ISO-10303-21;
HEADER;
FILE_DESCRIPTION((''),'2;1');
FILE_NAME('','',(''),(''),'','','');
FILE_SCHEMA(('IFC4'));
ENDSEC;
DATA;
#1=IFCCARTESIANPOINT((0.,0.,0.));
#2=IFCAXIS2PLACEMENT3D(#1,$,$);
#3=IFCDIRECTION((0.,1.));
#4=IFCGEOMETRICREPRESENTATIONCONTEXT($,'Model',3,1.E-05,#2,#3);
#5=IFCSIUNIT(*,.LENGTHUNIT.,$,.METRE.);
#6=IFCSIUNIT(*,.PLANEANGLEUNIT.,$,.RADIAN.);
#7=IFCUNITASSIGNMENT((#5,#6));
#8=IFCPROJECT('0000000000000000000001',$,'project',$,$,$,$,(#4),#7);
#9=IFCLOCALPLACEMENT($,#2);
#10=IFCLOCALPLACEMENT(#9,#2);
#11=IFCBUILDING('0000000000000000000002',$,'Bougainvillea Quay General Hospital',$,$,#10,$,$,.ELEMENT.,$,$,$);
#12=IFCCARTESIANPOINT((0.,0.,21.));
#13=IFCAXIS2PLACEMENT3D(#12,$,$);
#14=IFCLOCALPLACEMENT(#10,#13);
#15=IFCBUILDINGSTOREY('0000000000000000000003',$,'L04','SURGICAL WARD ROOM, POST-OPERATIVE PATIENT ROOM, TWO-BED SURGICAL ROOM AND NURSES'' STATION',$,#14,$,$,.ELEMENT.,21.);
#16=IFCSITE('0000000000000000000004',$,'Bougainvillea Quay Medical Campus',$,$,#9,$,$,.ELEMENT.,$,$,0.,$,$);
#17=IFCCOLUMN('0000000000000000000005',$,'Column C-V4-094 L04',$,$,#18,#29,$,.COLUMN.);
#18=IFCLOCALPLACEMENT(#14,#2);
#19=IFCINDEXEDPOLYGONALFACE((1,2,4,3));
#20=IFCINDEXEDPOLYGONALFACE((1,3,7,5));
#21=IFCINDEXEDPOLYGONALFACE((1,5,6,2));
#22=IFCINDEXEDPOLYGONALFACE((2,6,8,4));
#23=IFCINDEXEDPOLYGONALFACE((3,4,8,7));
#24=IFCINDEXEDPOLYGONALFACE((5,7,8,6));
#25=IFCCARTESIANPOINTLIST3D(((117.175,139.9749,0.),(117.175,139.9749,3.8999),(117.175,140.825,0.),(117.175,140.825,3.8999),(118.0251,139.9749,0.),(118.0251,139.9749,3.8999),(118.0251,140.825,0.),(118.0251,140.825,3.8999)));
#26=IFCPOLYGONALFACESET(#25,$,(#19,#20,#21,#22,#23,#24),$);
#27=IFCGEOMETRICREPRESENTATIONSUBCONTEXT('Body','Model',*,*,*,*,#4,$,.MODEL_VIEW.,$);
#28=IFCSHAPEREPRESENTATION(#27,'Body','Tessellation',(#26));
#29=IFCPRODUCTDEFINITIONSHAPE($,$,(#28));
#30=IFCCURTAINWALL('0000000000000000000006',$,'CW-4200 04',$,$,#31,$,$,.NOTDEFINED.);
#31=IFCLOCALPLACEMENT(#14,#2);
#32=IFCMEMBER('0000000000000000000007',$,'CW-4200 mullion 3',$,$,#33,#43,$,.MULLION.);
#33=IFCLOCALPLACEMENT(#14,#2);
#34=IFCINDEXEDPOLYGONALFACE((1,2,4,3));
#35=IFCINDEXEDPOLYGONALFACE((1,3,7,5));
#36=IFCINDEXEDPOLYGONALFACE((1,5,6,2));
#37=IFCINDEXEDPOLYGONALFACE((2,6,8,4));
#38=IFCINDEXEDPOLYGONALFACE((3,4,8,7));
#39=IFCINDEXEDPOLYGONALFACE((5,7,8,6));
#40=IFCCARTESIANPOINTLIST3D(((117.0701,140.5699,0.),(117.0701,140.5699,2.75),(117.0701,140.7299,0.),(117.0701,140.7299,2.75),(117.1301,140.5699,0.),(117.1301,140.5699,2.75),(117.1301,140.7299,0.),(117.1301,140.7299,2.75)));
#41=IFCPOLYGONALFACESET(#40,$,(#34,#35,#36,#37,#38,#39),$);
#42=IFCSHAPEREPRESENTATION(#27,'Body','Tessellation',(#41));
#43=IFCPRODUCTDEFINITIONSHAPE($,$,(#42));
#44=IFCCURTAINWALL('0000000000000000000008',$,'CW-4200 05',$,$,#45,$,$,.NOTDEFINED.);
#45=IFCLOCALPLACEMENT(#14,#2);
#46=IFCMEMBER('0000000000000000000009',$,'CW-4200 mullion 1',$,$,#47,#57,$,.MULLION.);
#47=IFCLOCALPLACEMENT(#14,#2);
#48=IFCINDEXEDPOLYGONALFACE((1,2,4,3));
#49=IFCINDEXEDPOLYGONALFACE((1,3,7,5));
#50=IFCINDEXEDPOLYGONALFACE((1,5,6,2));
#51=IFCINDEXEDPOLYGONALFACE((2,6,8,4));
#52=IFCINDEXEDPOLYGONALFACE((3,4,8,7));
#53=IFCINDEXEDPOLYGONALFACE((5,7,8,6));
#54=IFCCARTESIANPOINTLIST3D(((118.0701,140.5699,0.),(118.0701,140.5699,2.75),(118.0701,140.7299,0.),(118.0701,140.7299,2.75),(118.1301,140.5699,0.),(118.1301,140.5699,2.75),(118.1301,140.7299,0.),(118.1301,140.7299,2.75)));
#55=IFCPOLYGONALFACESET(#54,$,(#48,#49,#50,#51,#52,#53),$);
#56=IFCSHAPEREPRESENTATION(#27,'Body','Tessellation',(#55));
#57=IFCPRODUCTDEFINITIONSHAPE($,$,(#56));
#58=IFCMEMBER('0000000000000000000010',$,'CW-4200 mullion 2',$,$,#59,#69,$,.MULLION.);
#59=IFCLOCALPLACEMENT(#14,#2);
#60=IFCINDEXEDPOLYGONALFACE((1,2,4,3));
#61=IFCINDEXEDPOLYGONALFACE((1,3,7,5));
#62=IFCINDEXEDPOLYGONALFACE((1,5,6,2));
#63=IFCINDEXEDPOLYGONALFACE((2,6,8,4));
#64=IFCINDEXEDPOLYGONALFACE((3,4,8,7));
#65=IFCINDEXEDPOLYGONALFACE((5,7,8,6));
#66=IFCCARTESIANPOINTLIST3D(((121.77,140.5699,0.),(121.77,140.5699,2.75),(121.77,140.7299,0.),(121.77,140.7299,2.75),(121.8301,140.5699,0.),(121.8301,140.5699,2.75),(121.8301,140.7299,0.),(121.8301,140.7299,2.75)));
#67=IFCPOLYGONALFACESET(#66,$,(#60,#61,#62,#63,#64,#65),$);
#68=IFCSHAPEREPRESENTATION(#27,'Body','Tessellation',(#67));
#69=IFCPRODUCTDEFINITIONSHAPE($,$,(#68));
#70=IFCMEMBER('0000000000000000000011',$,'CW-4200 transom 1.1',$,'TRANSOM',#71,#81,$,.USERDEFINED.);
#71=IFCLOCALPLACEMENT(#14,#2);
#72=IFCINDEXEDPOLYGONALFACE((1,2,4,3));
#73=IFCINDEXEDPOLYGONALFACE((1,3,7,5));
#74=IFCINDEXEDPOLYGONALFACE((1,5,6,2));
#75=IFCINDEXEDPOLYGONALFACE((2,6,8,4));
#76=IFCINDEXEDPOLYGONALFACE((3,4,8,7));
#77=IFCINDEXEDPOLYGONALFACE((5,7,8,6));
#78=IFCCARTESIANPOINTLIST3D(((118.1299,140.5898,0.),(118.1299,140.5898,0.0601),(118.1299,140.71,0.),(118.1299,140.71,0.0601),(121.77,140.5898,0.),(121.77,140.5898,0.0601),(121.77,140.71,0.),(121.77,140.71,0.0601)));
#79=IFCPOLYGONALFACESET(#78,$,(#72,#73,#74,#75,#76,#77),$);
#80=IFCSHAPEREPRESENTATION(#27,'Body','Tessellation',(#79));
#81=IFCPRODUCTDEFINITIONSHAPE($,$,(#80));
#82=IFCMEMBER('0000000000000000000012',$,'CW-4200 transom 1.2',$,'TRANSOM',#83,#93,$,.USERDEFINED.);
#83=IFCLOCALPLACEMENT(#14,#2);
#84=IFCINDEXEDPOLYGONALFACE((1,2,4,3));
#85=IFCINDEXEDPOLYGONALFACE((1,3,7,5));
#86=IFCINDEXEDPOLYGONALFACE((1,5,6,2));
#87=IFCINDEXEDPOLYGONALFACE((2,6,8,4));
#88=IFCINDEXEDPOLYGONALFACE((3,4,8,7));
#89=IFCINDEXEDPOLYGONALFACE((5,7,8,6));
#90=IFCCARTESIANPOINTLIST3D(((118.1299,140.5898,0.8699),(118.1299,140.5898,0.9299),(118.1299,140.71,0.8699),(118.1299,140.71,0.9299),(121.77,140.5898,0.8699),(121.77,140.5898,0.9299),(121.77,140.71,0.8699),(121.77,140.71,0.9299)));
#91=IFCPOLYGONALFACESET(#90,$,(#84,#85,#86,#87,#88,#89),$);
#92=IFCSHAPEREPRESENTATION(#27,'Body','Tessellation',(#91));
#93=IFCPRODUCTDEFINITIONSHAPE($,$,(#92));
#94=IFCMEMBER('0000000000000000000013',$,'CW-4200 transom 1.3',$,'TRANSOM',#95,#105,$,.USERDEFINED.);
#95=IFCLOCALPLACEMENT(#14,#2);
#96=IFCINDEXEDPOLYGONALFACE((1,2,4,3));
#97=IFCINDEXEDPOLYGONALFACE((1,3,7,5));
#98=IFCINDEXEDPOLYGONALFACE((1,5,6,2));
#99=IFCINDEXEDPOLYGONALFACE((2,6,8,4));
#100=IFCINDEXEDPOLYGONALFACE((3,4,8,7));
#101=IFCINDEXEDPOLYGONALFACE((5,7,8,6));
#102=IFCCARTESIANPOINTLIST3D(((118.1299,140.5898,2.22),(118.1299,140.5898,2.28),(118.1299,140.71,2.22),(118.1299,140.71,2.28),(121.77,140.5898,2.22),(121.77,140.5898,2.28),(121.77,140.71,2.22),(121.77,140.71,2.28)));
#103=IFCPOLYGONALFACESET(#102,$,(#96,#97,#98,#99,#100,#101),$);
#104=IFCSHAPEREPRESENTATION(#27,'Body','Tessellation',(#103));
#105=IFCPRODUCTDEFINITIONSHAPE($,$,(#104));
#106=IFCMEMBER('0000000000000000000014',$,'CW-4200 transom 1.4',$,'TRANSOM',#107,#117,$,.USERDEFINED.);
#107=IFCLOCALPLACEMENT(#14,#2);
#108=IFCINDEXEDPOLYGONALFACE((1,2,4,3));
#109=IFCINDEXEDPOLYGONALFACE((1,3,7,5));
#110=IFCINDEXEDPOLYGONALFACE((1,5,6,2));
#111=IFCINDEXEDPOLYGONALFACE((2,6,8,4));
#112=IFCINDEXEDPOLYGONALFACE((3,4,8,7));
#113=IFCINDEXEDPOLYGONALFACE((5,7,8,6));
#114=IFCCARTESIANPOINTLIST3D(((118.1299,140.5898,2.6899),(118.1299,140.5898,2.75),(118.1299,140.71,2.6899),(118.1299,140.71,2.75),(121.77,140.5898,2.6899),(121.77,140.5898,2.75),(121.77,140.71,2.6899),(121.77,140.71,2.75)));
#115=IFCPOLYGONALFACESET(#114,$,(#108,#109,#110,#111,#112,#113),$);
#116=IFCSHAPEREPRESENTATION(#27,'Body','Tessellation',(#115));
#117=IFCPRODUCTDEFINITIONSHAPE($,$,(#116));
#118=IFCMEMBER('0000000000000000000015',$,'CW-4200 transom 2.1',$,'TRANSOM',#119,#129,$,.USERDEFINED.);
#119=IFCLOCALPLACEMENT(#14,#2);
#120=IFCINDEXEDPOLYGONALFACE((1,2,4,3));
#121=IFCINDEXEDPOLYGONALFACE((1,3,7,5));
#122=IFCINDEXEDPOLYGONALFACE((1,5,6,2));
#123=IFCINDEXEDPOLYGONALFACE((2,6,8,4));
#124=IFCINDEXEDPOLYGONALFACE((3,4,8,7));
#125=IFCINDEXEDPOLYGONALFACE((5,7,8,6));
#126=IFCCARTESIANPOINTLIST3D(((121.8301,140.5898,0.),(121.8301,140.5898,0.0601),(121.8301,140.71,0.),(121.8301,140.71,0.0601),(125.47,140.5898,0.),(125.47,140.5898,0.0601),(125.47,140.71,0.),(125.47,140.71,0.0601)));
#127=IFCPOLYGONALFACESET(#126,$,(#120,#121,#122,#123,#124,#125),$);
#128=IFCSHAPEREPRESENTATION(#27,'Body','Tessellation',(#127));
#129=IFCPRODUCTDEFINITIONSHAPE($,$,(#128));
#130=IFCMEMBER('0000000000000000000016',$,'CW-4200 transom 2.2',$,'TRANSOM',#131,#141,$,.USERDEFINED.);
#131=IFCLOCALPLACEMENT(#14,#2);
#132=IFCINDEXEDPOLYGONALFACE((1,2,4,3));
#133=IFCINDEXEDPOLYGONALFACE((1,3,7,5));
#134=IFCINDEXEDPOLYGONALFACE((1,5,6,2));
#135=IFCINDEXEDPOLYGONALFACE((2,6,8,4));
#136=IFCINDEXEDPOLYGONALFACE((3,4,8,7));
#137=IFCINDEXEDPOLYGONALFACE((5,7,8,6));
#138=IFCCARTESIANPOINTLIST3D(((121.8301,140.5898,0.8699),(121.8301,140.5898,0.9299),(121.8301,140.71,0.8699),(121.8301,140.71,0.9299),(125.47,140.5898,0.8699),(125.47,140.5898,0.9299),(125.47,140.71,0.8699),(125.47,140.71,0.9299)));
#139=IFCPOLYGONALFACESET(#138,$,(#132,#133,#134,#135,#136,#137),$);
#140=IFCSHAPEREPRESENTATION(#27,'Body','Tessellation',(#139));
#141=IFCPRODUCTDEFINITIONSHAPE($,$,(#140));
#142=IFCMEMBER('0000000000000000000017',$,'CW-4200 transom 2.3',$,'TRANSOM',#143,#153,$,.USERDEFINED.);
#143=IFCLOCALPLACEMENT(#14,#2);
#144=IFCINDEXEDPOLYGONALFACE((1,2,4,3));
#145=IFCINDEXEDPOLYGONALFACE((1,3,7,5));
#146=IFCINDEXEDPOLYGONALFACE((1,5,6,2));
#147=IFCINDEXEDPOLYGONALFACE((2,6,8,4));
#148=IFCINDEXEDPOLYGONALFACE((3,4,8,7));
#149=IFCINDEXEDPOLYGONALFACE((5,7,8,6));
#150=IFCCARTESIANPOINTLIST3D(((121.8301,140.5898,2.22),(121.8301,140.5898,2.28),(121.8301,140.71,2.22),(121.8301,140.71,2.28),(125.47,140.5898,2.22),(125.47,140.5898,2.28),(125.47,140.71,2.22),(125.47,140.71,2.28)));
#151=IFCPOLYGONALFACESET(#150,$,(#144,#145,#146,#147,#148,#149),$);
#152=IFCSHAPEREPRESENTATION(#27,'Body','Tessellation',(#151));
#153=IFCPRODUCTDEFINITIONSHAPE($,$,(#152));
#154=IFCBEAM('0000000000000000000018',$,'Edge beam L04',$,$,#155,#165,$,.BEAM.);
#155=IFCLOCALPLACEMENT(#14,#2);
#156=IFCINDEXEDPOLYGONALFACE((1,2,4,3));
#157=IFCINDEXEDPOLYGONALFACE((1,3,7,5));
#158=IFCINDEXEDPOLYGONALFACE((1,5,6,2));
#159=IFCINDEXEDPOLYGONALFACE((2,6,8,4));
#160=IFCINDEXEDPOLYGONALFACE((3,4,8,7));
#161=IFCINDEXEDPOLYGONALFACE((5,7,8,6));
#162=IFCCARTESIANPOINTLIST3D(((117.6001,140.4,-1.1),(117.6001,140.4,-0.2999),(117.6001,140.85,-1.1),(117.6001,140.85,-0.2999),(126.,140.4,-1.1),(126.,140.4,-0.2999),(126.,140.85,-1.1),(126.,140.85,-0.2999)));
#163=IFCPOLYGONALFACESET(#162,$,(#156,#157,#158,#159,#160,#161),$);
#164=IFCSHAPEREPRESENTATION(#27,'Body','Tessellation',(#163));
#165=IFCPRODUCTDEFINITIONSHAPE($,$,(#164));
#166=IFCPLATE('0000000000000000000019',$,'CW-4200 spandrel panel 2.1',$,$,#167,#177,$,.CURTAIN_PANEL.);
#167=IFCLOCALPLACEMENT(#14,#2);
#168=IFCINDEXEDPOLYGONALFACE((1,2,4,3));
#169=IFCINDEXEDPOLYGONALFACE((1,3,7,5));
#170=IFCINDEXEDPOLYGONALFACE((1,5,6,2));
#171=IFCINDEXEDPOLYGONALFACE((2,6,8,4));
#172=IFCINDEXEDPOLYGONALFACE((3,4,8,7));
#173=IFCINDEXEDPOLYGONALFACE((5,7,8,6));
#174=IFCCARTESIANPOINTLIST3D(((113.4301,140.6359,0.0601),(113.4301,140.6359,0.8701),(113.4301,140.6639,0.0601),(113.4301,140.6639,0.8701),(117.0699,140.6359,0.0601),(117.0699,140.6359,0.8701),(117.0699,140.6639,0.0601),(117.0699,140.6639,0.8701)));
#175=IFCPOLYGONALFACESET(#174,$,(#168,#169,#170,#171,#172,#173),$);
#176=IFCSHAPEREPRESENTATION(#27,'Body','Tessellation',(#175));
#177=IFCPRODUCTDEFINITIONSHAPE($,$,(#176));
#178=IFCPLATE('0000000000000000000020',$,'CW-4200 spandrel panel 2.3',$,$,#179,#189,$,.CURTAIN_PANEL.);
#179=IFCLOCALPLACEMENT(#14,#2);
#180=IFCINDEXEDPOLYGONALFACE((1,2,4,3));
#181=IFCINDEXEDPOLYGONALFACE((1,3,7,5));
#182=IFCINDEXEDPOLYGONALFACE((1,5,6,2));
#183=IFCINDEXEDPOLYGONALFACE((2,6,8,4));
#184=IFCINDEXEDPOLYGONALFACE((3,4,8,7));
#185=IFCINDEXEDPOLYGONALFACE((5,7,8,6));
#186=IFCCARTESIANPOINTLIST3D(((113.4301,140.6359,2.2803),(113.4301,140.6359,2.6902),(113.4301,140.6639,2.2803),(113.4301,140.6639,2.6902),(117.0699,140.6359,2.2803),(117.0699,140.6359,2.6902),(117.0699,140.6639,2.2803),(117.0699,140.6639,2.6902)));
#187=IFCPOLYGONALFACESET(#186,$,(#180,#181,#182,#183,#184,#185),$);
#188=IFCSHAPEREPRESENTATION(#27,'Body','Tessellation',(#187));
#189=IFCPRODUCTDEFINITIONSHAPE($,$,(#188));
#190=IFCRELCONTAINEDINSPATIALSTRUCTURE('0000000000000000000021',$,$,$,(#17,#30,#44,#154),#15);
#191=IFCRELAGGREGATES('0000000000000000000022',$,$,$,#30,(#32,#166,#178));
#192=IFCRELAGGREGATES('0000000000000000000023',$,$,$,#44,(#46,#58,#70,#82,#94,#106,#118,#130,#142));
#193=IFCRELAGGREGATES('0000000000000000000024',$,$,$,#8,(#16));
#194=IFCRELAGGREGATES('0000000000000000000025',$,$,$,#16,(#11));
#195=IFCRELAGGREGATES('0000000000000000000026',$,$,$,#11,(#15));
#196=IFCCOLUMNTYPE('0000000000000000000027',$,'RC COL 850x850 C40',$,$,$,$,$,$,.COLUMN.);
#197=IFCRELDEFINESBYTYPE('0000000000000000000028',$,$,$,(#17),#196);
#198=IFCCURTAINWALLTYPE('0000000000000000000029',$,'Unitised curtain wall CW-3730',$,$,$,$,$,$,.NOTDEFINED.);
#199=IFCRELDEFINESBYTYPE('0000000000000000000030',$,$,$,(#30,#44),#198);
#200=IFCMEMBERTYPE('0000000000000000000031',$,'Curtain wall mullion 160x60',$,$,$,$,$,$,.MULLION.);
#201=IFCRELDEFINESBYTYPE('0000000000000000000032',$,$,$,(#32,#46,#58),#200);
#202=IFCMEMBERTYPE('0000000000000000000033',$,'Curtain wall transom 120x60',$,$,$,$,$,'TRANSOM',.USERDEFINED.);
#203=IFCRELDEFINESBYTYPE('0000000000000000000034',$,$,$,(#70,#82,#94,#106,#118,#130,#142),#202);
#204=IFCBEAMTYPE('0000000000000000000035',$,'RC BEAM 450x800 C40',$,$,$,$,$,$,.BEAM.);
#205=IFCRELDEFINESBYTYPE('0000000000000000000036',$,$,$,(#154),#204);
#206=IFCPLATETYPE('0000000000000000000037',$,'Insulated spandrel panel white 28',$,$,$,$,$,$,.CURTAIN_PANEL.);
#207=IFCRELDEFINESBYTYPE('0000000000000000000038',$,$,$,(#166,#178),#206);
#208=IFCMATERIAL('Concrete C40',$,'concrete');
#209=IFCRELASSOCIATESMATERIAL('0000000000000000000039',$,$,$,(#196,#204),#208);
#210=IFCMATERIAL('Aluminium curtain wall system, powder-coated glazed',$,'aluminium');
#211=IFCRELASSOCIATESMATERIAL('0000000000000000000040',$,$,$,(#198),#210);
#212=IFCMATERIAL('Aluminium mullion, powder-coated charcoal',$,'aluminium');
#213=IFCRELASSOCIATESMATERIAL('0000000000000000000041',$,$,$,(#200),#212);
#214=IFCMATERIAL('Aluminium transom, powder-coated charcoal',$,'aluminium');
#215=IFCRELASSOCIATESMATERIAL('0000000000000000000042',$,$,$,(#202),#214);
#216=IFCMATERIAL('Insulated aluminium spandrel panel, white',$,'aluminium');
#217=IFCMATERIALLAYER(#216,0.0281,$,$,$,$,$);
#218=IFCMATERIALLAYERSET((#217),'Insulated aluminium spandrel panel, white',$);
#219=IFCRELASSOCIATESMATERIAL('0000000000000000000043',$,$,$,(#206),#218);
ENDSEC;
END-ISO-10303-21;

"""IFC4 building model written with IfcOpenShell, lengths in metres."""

from ifc_helpers import new_model, si_unit, direction, frame, origin, origin_2d, place, context, subcontext, project, spatial, rectangle, extrude, material, layer, layer_set, material_profile, profile_set, type_object, element, aggregate, save


model = new_model("IFC4")

# Units and contexts
model_context = context("Model", 3, precision=1e-05, world=origin(), true_north=direction((0.0, 1.0)))
body_context = subcontext(model_context, "Body", "Model", "MODEL_VIEW")
ifc_project = project(units=[si_unit("LENGTHUNIT", "METRE"), si_unit("PLANEANGLEUNIT", "RADIAN")], contexts=[model_context])

# Site, building, storey
site_placement = place(None, origin())
site = spatial("IfcSite", under=ifc_project, at=site_placement, Name="Bougainvillea Quay Medical Campus", CompositionType="ELEMENT", RefElevation=0.0)
building_placement = place(site_placement, origin())
building = spatial("IfcBuilding", under=site, at=building_placement, Name="Bougainvillea Quay General Hospital", CompositionType="ELEMENT")
storey_placement = place(building_placement, frame((0.0, 0.0, 21.0)))
storey = spatial("IfcBuildingStorey", under=building, at=storey_placement, Name="L04", Description="SURGICAL WARD ROOM, POST-OPERATIVE PATIENT ROOM, TWO-BED SURGICAL ROOM AND NURSES' STATION", CompositionType="ELEMENT", Elevation=21.0)

# Column
ifc_material_1 = material(Name="Concrete C40", Category="concrete")
ifc_material_profile_1 = material_profile(ifc_material_1, rectangle(XDim=0.8501, YDim=0.8501, at=origin_2d()))
ifc_profile_set_1 = profile_set([ifc_material_profile_1], Name="Concrete C40")
column_type = type_object("IfcColumnType", Name="RC COL 850x850 C40", PredefinedType="COLUMN", material=ifc_profile_set_1)
column_placement = place(storey_placement, frame((117.6001, 140.3999, 0.0), z_axis=(0.0, 0.0, 1.0), x_axis=(1.0, 0.0, 0.0)))
element("IfcColumn", 1, at=column_placement, inside=storey, type_object=column_type, Name="Column C-V4-094 L04", PredefinedType="COLUMN", context=body_context, shape_type="SweptSolid", body=[
    extrude(rectangle(XDim=0.8501, YDim=0.8501, at=origin_2d()), origin(), (0.0, 0.0, 1.0), 3.8999),
])

# Curtain wall, member
ifc_material_2 = material(Name="Aluminium curtain wall system, powder-coated glazed", Category="aluminium")
curtain_wall_type = type_object("IfcCurtainWallType", Name="Unitised curtain wall CW-3730", PredefinedType="NOTDEFINED", material=ifc_material_2)
curtain_wall_1_placement = place(storey_placement, origin())
curtain_wall_1 = element("IfcCurtainWall", 2, at=curtain_wall_1_placement, inside=storey, type_object=curtain_wall_type, Name="CW-4200 04", PredefinedType="NOTDEFINED")
ifc_material_3 = material(Name="Aluminium mullion, powder-coated charcoal", Category="aluminium")
ifc_material_profile_2 = material_profile(ifc_material_3, rectangle(XDim=0.1599, YDim=0.0601, at=origin_2d()))
ifc_profile_set_2 = profile_set([ifc_material_profile_2], Name="Aluminium mullion, powder-coated charcoal")
member_type_1 = type_object("IfcMemberType", Name="Curtain wall mullion 160x60", PredefinedType="MULLION", material=ifc_profile_set_2)
member_1_placement = place(storey_placement, frame((117.1001, 140.6499, 0.0), z_axis=(0.0, 0.0, 1.0), x_axis=(0.0, 1.0, 0.0)))
member_1 = element("IfcMember", 3, at=member_1_placement, type_object=member_type_1, Name="CW-4200 mullion 3", PredefinedType="MULLION", context=body_context, shape_type="SweptSolid", body=[
    extrude(rectangle(XDim=0.1599, YDim=0.0601, at=origin_2d()), origin(), (0.0, 0.0, 1.0), 2.75),
])

# Curtain wall, members
curtain_wall_2_placement = place(storey_placement, origin())
curtain_wall_2 = element("IfcCurtainWall", 4, at=curtain_wall_2_placement, inside=storey, type_object=curtain_wall_type, Name="CW-4200 05", PredefinedType="NOTDEFINED")
member_2_placement = place(storey_placement, frame((118.1001, 140.6499, 0.0), z_axis=(0.0, 0.0, 1.0), x_axis=(0.0, 1.0, 0.0)))
member_2 = element("IfcMember", 5, at=member_2_placement, type_object=member_type_1, Name="CW-4200 mullion 1", PredefinedType="MULLION", context=body_context, shape_type="SweptSolid", body=[
    extrude(rectangle(XDim=0.1599, YDim=0.0601, at=origin_2d()), origin(), (0.0, 0.0, 1.0), 2.75),
])
member_3_placement = place(storey_placement, frame((121.8, 140.6499, 0.0), z_axis=(0.0, 0.0, 1.0), x_axis=(0.0, 1.0, 0.0)))
member_3 = element("IfcMember", 6, at=member_3_placement, type_object=member_type_1, Name="CW-4200 mullion 2", PredefinedType="MULLION", context=body_context, shape_type="SweptSolid", body=[
    extrude(rectangle(XDim=0.1599, YDim=0.0601, at=origin_2d()), origin(), (0.0, 0.0, 1.0), 2.75),
])
ifc_material_4 = material(Name="Aluminium transom, powder-coated charcoal", Category="aluminium")
ifc_material_profile_3 = material_profile(ifc_material_4, rectangle(XDim=0.1201, YDim=0.0601, at=origin_2d()))
ifc_profile_set_3 = profile_set([ifc_material_profile_3], Name="Aluminium transom, powder-coated charcoal")
member_type_2 = type_object("IfcMemberType", Name="Curtain wall transom 120x60", ElementType="TRANSOM", PredefinedType="USERDEFINED", material=ifc_profile_set_3)
member_4_placement = place(storey_placement, frame((118.1299, 140.6499, 0.03), z_axis=(1.0, 0.0, 0.0), x_axis=(0.0, 1.0, 0.0)))
member_4 = element("IfcMember", 7, at=member_4_placement, type_object=member_type_2, Name="CW-4200 transom 1.1", ObjectType="TRANSOM", PredefinedType="USERDEFINED", context=body_context, shape_type="SweptSolid", body=[
    extrude(rectangle(XDim=0.1201, YDim=0.0601, at=origin_2d()), origin(), (0.0, 0.0, 1.0), 3.6401),
])
member_5_placement = place(storey_placement, frame((118.1299, 140.6499, 0.8999), z_axis=(1.0, 0.0, 0.0), x_axis=(0.0, 1.0, 0.0)))
member_5 = element("IfcMember", 8, at=member_5_placement, type_object=member_type_2, Name="CW-4200 transom 1.2", ObjectType="TRANSOM", PredefinedType="USERDEFINED", context=body_context, shape_type="SweptSolid", body=[
    extrude(rectangle(XDim=0.1201, YDim=0.0601, at=origin_2d()), origin(), (0.0, 0.0, 1.0), 3.6401),
])
member_6_placement = place(storey_placement, frame((118.1299, 140.6499, 2.25), z_axis=(1.0, 0.0, 0.0), x_axis=(0.0, 1.0, 0.0)))
member_6 = element("IfcMember", 9, at=member_6_placement, type_object=member_type_2, Name="CW-4200 transom 1.3", ObjectType="TRANSOM", PredefinedType="USERDEFINED", context=body_context, shape_type="SweptSolid", body=[
    extrude(rectangle(XDim=0.1201, YDim=0.0601, at=origin_2d()), origin(), (0.0, 0.0, 1.0), 3.6401),
])
member_7_placement = place(storey_placement, frame((118.1299, 140.6499, 2.72), z_axis=(1.0, 0.0, 0.0), x_axis=(0.0, 1.0, 0.0)))
member_7 = element("IfcMember", 10, at=member_7_placement, type_object=member_type_2, Name="CW-4200 transom 1.4", ObjectType="TRANSOM", PredefinedType="USERDEFINED", context=body_context, shape_type="SweptSolid", body=[
    extrude(rectangle(XDim=0.1201, YDim=0.0601, at=origin_2d()), origin(), (0.0, 0.0, 1.0), 3.6401),
])
member_8_placement = place(storey_placement, frame((121.8301, 140.6499, 0.03), z_axis=(1.0, 0.0, 0.0), x_axis=(0.0, 1.0, 0.0)))
member_8 = element("IfcMember", 11, at=member_8_placement, type_object=member_type_2, Name="CW-4200 transom 2.1", ObjectType="TRANSOM", PredefinedType="USERDEFINED", context=body_context, shape_type="SweptSolid", body=[
    extrude(rectangle(XDim=0.1201, YDim=0.0601, at=origin_2d()), origin(), (0.0, 0.0, 1.0), 3.6399),
])
member_9_placement = place(storey_placement, frame((121.8301, 140.6499, 0.8999), z_axis=(1.0, 0.0, 0.0), x_axis=(0.0, 1.0, 0.0)))
member_9 = element("IfcMember", 12, at=member_9_placement, type_object=member_type_2, Name="CW-4200 transom 2.2", ObjectType="TRANSOM", PredefinedType="USERDEFINED", context=body_context, shape_type="SweptSolid", body=[
    extrude(rectangle(XDim=0.1201, YDim=0.0601, at=origin_2d()), origin(), (0.0, 0.0, 1.0), 3.6399),
])
member_10_placement = place(storey_placement, frame((121.8301, 140.6499, 2.25), z_axis=(1.0, 0.0, 0.0), x_axis=(0.0, 1.0, 0.0)))
member_10 = element("IfcMember", 13, at=member_10_placement, type_object=member_type_2, Name="CW-4200 transom 2.3", ObjectType="TRANSOM", PredefinedType="USERDEFINED", context=body_context, shape_type="SweptSolid", body=[
    extrude(rectangle(XDim=0.1201, YDim=0.0601, at=origin_2d()), origin(), (0.0, 0.0, 1.0), 3.6399),
])

# Beam
ifc_material_profile_4 = material_profile(ifc_material_1, rectangle(XDim=0.45, YDim=0.8, at=origin_2d()))
ifc_profile_set_4 = profile_set([ifc_material_profile_4], Name="Concrete C40")
beam_type = type_object("IfcBeamType", Name="RC BEAM 450x800 C40", PredefinedType="BEAM", material=ifc_profile_set_4)
beam_placement = place(storey_placement, frame((117.6001, 140.625, -0.7), z_axis=(1.0, 0.0, 0.0), x_axis=(0.0, 1.0, 0.0)))
element("IfcBeam", 14, at=beam_placement, inside=storey, type_object=beam_type, Name="Edge beam L04", PredefinedType="BEAM", context=body_context, shape_type="SweptSolid", body=[
    extrude(rectangle(XDim=0.45, YDim=0.8, at=origin_2d()), origin(), (0.0, 0.0, 1.0), 8.3999),
])

# Plates
ifc_material_5 = material(Name="Insulated aluminium spandrel panel, white", Category="aluminium")
ifc_layer_1 = layer(ifc_material_5, 0.0281)
ifc_layer_set_1 = layer_set([ifc_layer_1], Name="Insulated aluminium spandrel panel, white")
plate_type_1 = type_object("IfcPlateType", Name="Insulated spandrel panel white 28", PredefinedType="CURTAIN_PANEL", material=ifc_layer_set_1)
plate_1_placement = place(storey_placement, frame((115.25, 140.6499, 0.0601), z_axis=(0.0, 0.0, 1.0), x_axis=(1.0, 0.0, 0.0)))
plate_1 = element("IfcPlate", 15, at=plate_1_placement, type_object=plate_type_1, Name="CW-4200 spandrel panel 2.1", PredefinedType="CURTAIN_PANEL", context=body_context, shape_type="SweptSolid", body=[
    extrude(rectangle(XDim=3.6399, YDim=0.0281, at=origin_2d()), origin(), (0.0, 0.0, 1.0), 0.8101),
])
plate_2_placement = place(storey_placement, frame((115.25, 140.6499, 2.2803), z_axis=(0.0, 0.0, 1.0), x_axis=(1.0, 0.0, 0.0)))
plate_2 = element("IfcPlate", 16, at=plate_2_placement, type_object=plate_type_1, Name="CW-4200 spandrel panel 2.3", PredefinedType="CURTAIN_PANEL", context=body_context, shape_type="SweptSolid", body=[
    extrude(rectangle(XDim=3.6399, YDim=0.0281, at=origin_2d()), origin(), (0.0, 0.0, 1.0), 0.4099),
])
aggregate(curtain_wall_1, [member_1, plate_1, plate_2])
aggregate(curtain_wall_2, [member_2, member_3, member_4, member_5, member_6, member_7, member_8, member_9, member_10])

save(model, "model.ifc")
